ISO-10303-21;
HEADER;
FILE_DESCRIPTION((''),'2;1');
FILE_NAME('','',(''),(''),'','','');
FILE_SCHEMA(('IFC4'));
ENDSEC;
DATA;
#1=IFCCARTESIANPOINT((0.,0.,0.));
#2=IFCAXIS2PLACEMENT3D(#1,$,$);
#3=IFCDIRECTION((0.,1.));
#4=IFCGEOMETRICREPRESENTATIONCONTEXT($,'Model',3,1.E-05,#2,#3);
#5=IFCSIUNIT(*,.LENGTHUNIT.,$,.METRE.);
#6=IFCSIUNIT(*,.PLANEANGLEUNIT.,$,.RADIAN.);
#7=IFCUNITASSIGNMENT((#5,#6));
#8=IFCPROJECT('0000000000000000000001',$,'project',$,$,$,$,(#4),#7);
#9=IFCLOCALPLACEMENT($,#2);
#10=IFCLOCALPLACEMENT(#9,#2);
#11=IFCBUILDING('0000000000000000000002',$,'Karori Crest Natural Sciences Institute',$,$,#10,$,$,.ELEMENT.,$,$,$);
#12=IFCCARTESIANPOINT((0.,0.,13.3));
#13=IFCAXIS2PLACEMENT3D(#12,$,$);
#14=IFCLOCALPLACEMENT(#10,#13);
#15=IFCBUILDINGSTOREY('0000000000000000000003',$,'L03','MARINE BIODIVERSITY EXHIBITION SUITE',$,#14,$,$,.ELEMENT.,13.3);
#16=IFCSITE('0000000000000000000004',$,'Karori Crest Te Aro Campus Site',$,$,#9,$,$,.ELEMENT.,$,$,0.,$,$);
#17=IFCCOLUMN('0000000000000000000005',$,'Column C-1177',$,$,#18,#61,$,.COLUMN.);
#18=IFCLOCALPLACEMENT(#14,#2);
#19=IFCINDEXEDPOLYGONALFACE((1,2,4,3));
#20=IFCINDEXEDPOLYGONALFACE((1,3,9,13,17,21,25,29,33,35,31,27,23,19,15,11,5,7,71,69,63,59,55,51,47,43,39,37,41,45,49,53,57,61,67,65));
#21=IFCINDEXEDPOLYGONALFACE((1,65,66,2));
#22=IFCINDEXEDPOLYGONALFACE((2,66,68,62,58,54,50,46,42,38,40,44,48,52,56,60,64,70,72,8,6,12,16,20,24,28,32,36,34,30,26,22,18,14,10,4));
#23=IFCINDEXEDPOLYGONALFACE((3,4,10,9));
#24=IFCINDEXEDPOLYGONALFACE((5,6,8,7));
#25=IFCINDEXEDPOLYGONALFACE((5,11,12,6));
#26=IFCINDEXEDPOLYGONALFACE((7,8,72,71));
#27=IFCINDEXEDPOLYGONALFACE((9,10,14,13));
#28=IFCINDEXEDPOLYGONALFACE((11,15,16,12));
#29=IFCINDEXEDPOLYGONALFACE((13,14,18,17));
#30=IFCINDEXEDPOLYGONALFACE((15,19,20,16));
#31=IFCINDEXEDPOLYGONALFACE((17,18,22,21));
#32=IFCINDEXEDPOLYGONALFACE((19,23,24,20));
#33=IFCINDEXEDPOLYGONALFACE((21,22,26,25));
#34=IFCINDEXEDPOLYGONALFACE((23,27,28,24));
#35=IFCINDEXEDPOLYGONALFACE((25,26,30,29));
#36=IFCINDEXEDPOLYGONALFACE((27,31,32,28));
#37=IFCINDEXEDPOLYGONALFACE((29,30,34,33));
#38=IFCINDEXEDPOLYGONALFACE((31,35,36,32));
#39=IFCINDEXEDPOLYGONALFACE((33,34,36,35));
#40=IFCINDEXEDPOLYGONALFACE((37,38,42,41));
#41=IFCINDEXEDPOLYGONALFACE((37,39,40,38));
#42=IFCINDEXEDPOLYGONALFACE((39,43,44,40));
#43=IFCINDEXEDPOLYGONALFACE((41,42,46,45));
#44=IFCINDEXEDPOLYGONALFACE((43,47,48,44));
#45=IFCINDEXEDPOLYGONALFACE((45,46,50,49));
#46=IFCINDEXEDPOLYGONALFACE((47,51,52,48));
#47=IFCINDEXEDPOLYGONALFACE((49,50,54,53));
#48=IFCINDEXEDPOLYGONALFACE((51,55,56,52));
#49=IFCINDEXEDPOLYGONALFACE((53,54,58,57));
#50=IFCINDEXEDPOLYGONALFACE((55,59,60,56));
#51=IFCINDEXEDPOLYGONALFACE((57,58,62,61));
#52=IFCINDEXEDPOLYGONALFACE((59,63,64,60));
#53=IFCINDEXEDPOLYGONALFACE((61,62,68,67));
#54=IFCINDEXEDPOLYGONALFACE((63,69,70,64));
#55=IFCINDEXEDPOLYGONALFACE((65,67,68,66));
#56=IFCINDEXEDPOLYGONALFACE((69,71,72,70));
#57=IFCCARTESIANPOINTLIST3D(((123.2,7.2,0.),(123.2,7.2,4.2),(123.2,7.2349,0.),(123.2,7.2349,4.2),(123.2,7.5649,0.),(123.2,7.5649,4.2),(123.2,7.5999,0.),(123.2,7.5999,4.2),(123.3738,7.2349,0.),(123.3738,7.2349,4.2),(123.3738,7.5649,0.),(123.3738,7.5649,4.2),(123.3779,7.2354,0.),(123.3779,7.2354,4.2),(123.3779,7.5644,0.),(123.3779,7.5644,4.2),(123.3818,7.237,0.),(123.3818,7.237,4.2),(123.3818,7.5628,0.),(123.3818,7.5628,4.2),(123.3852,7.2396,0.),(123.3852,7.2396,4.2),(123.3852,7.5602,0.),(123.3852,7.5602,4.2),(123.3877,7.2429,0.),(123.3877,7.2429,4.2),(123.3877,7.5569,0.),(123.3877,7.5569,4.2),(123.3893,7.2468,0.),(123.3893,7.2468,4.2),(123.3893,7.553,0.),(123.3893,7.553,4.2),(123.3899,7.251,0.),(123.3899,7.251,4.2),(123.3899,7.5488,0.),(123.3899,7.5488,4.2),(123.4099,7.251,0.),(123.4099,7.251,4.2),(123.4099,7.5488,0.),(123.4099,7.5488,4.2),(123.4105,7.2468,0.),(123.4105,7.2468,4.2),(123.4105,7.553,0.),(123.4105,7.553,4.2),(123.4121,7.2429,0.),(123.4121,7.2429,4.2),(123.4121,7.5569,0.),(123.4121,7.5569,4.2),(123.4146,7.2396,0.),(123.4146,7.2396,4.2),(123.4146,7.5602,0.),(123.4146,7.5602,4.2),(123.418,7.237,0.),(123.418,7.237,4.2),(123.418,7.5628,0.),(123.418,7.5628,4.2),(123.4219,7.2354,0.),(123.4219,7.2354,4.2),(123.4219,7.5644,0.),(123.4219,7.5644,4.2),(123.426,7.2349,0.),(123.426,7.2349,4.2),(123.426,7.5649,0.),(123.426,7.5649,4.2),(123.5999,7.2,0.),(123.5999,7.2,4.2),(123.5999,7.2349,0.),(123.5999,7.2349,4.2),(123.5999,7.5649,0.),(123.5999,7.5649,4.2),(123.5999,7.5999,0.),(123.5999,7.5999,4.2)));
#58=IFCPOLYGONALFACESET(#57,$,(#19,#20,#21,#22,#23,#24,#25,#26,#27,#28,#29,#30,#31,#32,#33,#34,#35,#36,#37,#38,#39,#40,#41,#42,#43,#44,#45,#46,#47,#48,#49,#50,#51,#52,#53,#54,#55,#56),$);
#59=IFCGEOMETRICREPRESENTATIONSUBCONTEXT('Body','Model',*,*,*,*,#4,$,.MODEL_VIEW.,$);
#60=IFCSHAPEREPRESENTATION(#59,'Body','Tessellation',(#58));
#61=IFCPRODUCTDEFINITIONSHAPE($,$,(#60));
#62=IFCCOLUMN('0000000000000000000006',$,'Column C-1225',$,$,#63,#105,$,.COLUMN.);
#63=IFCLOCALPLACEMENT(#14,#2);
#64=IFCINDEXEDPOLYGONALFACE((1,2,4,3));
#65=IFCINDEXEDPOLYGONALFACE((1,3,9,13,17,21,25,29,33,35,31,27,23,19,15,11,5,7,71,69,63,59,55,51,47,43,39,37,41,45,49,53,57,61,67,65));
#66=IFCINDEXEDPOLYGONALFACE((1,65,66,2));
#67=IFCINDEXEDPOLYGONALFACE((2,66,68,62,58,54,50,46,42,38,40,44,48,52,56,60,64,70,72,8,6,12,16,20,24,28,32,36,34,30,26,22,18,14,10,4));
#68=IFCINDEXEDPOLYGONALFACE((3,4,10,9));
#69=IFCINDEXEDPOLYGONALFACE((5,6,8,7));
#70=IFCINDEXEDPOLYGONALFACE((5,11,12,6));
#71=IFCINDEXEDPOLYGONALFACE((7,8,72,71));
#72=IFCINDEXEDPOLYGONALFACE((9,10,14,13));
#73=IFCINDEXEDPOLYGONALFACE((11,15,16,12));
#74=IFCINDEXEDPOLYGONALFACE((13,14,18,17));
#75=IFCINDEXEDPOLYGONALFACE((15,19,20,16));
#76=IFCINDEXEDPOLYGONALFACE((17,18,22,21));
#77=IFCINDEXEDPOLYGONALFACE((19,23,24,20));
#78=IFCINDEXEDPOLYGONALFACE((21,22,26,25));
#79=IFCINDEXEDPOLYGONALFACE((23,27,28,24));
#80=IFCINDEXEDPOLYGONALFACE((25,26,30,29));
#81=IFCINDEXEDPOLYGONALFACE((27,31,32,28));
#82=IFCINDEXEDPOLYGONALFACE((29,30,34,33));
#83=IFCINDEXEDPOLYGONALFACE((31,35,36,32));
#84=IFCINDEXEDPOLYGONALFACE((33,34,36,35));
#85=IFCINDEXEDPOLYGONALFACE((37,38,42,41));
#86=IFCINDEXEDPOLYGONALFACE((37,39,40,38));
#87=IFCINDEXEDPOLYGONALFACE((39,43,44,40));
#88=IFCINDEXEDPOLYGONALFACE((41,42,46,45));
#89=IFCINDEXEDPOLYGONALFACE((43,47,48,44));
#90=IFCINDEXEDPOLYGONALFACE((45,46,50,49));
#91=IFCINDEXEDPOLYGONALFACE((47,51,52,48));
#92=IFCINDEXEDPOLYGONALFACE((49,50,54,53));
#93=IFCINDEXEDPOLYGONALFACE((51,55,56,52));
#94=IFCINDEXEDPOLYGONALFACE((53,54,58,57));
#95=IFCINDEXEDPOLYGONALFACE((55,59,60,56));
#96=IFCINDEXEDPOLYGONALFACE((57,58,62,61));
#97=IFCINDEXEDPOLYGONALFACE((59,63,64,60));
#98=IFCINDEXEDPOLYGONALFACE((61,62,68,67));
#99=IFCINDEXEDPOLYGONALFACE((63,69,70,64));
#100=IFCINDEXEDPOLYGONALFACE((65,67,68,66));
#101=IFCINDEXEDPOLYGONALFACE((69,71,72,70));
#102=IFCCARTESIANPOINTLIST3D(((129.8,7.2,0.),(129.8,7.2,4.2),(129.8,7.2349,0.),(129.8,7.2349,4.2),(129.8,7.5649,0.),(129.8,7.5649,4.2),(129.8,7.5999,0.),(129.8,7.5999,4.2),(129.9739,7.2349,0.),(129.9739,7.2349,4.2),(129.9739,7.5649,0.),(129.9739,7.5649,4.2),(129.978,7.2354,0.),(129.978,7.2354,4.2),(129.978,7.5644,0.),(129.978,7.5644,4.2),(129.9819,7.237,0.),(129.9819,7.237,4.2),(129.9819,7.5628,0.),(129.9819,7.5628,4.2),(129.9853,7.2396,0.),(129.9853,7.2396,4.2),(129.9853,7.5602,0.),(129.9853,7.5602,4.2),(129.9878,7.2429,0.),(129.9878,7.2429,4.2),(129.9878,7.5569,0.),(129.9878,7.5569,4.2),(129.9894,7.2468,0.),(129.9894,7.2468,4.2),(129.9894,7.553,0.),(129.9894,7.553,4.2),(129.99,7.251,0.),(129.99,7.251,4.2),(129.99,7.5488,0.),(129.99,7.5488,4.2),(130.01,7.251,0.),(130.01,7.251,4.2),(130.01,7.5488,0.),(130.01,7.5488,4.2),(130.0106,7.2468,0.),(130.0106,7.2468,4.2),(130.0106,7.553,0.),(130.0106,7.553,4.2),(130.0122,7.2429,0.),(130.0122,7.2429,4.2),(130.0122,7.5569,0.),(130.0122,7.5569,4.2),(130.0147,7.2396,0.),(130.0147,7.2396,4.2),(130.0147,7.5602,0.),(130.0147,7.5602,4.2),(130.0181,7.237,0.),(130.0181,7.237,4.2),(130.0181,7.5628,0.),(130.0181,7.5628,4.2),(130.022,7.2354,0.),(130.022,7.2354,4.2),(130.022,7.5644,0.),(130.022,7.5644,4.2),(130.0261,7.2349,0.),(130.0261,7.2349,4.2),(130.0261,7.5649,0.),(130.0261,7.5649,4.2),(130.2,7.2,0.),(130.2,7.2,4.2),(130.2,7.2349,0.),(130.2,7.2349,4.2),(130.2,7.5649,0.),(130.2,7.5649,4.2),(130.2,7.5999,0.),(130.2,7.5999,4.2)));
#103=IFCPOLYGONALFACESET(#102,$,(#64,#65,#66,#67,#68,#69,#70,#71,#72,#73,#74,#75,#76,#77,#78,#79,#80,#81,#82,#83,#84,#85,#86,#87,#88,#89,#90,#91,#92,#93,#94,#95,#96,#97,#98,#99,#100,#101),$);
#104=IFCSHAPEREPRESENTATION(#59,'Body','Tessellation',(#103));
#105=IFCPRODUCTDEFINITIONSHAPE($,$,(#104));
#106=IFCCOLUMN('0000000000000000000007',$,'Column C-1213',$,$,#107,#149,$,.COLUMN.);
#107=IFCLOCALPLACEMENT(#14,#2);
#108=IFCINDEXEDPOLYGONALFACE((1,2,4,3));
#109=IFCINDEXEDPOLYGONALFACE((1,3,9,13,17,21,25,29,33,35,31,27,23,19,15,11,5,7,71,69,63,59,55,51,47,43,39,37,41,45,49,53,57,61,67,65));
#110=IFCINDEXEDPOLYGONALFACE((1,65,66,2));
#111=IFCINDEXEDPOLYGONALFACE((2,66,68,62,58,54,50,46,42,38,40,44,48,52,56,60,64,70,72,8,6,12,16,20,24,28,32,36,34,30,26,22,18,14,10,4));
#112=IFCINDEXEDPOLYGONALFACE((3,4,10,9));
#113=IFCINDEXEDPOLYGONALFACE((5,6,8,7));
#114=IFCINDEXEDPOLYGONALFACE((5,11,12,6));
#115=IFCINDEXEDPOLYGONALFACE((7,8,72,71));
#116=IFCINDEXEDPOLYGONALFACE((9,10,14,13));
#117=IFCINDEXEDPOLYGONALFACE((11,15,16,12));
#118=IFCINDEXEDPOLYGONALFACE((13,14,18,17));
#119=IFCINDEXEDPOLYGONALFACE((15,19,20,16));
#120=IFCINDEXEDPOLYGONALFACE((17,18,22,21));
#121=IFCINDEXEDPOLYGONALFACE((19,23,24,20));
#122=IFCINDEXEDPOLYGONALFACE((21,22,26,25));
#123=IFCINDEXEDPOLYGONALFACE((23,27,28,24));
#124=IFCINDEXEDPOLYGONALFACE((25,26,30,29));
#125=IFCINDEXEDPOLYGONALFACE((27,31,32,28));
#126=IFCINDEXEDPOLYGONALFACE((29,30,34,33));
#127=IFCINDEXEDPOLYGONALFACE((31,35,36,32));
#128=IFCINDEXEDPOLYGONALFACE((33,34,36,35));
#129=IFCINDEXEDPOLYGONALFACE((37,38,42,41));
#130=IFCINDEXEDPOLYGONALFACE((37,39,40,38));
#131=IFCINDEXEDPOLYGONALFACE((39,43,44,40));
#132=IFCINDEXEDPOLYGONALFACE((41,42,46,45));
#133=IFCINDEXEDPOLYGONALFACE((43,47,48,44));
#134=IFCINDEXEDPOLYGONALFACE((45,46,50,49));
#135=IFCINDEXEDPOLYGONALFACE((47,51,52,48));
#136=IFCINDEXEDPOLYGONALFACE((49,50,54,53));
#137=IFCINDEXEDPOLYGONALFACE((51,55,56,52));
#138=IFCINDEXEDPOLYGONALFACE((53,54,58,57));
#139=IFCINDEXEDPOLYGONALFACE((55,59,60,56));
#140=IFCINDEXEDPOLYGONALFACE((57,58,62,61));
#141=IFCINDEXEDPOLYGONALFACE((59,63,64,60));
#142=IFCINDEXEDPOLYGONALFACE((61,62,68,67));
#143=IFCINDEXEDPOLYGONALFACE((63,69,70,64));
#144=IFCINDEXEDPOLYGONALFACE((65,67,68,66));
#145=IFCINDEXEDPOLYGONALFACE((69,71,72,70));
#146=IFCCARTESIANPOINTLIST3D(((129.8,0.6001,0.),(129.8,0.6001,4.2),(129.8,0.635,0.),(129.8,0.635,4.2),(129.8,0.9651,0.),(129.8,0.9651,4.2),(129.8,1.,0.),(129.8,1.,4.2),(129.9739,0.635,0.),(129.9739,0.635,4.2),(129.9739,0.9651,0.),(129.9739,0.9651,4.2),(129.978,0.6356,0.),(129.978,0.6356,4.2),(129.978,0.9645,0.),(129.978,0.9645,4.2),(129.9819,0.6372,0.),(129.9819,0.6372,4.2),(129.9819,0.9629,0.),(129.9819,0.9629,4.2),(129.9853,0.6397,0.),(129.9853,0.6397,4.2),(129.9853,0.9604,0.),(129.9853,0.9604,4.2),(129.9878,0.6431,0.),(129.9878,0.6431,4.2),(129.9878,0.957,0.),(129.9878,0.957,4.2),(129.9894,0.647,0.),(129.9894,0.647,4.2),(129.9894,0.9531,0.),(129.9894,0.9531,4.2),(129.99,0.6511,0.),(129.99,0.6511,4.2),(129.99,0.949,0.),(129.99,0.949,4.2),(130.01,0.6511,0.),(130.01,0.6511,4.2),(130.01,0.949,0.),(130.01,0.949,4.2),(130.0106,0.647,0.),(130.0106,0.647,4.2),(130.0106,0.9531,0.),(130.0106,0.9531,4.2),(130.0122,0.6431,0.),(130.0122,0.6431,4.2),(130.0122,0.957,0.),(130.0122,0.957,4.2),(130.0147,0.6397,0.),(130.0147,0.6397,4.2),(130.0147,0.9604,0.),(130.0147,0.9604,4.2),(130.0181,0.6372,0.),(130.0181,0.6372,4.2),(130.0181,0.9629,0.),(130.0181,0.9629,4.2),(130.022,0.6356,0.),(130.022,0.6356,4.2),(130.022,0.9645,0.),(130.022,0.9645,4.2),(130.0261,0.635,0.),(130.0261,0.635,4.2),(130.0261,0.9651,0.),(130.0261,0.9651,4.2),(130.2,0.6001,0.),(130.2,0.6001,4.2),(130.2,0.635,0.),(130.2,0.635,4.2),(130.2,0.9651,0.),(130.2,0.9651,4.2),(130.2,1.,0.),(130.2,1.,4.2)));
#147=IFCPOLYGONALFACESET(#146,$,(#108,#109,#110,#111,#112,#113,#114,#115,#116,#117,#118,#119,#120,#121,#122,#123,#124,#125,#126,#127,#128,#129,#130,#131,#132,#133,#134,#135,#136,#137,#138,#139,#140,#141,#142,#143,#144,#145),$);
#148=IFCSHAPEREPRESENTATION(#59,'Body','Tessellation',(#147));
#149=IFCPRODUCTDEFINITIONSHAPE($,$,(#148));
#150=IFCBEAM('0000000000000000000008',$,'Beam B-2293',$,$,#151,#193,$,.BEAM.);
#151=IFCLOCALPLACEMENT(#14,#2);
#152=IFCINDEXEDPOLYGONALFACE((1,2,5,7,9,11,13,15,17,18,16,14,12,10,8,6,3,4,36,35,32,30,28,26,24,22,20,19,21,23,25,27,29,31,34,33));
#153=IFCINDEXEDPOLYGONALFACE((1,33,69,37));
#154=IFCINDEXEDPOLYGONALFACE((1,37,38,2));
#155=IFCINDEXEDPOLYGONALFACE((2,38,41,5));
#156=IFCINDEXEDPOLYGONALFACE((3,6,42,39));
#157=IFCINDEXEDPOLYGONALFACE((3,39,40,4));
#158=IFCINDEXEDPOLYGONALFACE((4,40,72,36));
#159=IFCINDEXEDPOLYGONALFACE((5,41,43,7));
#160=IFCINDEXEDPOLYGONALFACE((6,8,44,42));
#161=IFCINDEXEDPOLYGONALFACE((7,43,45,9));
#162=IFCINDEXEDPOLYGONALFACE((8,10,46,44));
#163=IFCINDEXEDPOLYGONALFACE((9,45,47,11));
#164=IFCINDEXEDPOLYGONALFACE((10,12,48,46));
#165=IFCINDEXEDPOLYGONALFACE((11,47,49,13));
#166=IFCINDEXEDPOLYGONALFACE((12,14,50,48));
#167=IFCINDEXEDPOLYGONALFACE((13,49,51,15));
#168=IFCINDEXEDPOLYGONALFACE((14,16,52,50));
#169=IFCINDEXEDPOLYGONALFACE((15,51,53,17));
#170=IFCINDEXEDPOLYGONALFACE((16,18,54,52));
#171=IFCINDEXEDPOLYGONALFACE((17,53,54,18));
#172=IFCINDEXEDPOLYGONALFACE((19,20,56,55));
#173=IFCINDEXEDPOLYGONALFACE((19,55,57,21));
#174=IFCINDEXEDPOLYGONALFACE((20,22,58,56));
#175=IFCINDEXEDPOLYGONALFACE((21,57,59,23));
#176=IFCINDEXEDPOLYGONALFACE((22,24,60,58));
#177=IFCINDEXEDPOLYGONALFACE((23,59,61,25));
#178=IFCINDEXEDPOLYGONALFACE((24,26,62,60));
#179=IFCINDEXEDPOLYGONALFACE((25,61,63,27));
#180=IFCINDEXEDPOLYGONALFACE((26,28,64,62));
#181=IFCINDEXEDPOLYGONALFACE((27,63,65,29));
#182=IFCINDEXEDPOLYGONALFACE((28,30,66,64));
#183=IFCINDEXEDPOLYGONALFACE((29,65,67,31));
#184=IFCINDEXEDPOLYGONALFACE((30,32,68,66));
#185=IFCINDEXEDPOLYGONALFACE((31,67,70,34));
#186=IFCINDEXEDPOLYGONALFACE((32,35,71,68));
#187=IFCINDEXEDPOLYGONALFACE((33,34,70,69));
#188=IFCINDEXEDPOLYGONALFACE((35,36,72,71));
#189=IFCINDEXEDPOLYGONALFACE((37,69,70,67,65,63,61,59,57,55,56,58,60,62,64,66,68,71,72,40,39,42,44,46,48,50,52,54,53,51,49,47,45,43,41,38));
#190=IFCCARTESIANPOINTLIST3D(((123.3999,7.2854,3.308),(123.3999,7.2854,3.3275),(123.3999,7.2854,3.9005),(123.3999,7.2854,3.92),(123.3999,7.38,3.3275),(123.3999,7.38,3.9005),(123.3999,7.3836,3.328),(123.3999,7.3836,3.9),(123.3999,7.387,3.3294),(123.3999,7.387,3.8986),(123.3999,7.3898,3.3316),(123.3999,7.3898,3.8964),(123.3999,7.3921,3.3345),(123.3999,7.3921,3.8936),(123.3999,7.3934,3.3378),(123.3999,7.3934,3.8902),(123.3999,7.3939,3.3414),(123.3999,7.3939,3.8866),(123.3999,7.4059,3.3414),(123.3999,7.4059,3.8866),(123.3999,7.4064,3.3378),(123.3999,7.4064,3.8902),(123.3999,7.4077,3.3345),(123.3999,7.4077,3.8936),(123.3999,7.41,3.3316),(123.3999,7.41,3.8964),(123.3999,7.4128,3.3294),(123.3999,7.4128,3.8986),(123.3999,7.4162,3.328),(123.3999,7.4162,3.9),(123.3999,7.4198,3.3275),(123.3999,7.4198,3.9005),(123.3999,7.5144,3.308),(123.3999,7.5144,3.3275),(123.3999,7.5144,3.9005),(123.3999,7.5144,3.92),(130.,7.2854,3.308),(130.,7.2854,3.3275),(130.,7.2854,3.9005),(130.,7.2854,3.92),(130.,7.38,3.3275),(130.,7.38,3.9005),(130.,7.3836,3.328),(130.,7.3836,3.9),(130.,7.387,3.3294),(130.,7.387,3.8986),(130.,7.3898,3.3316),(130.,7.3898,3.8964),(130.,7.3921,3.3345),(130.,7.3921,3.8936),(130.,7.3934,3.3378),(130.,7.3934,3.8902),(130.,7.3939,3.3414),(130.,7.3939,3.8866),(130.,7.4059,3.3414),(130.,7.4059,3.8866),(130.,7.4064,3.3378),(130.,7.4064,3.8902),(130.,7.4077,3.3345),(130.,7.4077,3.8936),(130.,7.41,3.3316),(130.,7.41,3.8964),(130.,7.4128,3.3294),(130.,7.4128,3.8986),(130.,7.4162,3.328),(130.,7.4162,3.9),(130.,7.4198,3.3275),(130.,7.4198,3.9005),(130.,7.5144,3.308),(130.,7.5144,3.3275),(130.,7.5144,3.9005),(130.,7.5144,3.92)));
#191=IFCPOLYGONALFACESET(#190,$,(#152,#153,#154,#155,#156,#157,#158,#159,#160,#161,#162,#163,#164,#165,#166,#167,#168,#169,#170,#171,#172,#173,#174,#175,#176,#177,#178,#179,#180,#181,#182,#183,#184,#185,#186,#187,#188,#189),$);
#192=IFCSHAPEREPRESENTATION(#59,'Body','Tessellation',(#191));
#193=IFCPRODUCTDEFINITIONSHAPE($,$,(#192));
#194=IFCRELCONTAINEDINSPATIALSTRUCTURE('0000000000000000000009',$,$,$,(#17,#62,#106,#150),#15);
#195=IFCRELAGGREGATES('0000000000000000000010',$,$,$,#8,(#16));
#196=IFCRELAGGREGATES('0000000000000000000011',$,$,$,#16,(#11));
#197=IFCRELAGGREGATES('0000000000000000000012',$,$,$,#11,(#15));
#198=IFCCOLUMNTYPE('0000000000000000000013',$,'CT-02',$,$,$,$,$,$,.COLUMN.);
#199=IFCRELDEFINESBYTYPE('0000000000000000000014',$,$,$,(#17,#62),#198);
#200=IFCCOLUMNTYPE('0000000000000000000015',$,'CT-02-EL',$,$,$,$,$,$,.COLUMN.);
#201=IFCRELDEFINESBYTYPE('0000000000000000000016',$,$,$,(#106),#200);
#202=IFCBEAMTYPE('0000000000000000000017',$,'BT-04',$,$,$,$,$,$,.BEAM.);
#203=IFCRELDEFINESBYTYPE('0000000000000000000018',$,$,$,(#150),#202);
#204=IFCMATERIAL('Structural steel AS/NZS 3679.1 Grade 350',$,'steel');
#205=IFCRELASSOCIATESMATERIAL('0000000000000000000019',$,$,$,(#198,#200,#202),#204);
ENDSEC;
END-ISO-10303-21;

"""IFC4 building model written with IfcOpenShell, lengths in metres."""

from ifc_helpers import new_model, si_unit, direction, frame, origin, origin_2d, place, context, subcontext, project, spatial, i_section, extrude, material, material_profile, profile_set, type_object, element, save


model = new_model("IFC4")

# Units and contexts
model_context = context("Model", 3, precision=1e-05, world=origin(), true_north=direction((0.0, 1.0)))
body_context = subcontext(model_context, "Body", "Model", "MODEL_VIEW")
ifc_project = project(units=[si_unit("LENGTHUNIT", "METRE"), si_unit("PLANEANGLEUNIT", "RADIAN")], contexts=[model_context])

# Site, building, storey
site_placement = place(None, origin())
site = spatial("IfcSite", under=ifc_project, at=site_placement, Name="Karori Crest Te Aro Campus Site", CompositionType="ELEMENT", RefElevation=0.0)
building_placement = place(site_placement, origin())
building = spatial("IfcBuilding", under=site, at=building_placement, Name="Karori Crest Natural Sciences Institute", CompositionType="ELEMENT")
storey_placement = place(building_placement, frame((0.0, 0.0, 13.3)))
storey = spatial("IfcBuildingStorey", under=building, at=storey_placement, Name="L03", Description="MARINE BIODIVERSITY EXHIBITION SUITE", CompositionType="ELEMENT", Elevation=13.3)

# Columns
ifc_material_1 = material(Name="Structural steel AS/NZS 3679.1 Grade 350", Category="steel")
ifc_material_profile_1 = material_profile(ifc_material_1, i_section(OverallWidth=0.3999, OverallDepth=0.3999, WebThickness=0.02, FlangeThickness=0.0349, FilletRadius=0.0161, at=origin_2d()), Name="400WC328")
ifc_profile_set_1 = profile_set([ifc_material_profile_1], Name="Structural steel AS/NZS 3679.1 Grade 350")
column_type_1 = type_object("IfcColumnType", Name="CT-02", PredefinedType="COLUMN", material=ifc_profile_set_1)
for number, where, z_axis, x_axis, name in (
    (1, (123.3999, 7.3999, 0.0), (0.0, 0.0, 1.0), (1.0, 0.0, 0.0), "Column C-1177"),
    (2, (130.0, 7.3999, 0.0), (0.0, 0.0, 1.0), (1.0, 0.0, 0.0), "Column C-1225"),
):
    element("IfcColumn", number, at=place(storey_placement, frame(where, z_axis=z_axis, x_axis=x_axis)), inside=storey, type_object=column_type_1, Name=name, PredefinedType="COLUMN", context=body_context, shape_type="SweptSolid", body=[
        extrude(i_section(OverallWidth=0.3999, OverallDepth=0.3999, WebThickness=0.02, FlangeThickness=0.0349, FilletRadius=0.0161, at=origin_2d()), origin(), (0.0, 0.0, 1.0), 4.2),
    ])
ifc_material_profile_2 = material_profile(ifc_material_1, i_section(OverallWidth=0.3999, OverallDepth=0.3999, WebThickness=0.02, FlangeThickness=0.0349, FilletRadius=0.0161, at=origin_2d()), Name="400WC328")
ifc_profile_set_2 = profile_set([ifc_material_profile_2], Name="Structural steel AS/NZS 3679.1 Grade 350")
column_type_2 = type_object("IfcColumnType", Name="CT-02-EL", PredefinedType="COLUMN", material=ifc_profile_set_2)
column_placement = place(storey_placement, frame((130.0, 0.8, 0.0), z_axis=(0.0, 0.0, 1.0), x_axis=(1.0, 0.0, 0.0)))
element("IfcColumn", 3, at=column_placement, inside=storey, type_object=column_type_2, Name="Column C-1213", PredefinedType="COLUMN", context=body_context, shape_type="SweptSolid", body=[
    extrude(i_section(OverallWidth=0.3999, OverallDepth=0.3999, WebThickness=0.02, FlangeThickness=0.0349, FilletRadius=0.0161, at=origin_2d()), origin(), (0.0, 0.0, 1.0), 4.2),
])

# Beam
ifc_material_profile_3 = material_profile(ifc_material_1, i_section(OverallWidth=0.229, OverallDepth=0.6121, WebThickness=0.012, FlangeThickness=0.0195, FilletRadius=0.0139, at=origin_2d()), Name="610UB125")
ifc_profile_set_3 = profile_set([ifc_material_profile_3], Name="Structural steel AS/NZS 3679.1 Grade 350")
beam_type_1 = type_object("IfcBeamType", Name="BT-04", PredefinedType="BEAM", material=ifc_profile_set_3)
beam_1_placement = place(storey_placement, frame((123.3999, 7.3999, 3.614), z_axis=(1.0, 0.0, 0.0), x_axis=(0.0, 1.0, 0.0)))
element("IfcBeam", 4, at=beam_1_placement, inside=storey, type_object=beam_type_1, Name="Beam B-2293", PredefinedType="BEAM", context=body_context, shape_type="SweptSolid", body=[
    extrude(i_section(OverallWidth=0.229, OverallDepth=0.6121, WebThickness=0.012, FlangeThickness=0.0195, FilletRadius=0.0139, at=origin_2d()), origin(), (0.0, 0.0, 1.0), 6.6001),
])

save(model, "model.ifc")
